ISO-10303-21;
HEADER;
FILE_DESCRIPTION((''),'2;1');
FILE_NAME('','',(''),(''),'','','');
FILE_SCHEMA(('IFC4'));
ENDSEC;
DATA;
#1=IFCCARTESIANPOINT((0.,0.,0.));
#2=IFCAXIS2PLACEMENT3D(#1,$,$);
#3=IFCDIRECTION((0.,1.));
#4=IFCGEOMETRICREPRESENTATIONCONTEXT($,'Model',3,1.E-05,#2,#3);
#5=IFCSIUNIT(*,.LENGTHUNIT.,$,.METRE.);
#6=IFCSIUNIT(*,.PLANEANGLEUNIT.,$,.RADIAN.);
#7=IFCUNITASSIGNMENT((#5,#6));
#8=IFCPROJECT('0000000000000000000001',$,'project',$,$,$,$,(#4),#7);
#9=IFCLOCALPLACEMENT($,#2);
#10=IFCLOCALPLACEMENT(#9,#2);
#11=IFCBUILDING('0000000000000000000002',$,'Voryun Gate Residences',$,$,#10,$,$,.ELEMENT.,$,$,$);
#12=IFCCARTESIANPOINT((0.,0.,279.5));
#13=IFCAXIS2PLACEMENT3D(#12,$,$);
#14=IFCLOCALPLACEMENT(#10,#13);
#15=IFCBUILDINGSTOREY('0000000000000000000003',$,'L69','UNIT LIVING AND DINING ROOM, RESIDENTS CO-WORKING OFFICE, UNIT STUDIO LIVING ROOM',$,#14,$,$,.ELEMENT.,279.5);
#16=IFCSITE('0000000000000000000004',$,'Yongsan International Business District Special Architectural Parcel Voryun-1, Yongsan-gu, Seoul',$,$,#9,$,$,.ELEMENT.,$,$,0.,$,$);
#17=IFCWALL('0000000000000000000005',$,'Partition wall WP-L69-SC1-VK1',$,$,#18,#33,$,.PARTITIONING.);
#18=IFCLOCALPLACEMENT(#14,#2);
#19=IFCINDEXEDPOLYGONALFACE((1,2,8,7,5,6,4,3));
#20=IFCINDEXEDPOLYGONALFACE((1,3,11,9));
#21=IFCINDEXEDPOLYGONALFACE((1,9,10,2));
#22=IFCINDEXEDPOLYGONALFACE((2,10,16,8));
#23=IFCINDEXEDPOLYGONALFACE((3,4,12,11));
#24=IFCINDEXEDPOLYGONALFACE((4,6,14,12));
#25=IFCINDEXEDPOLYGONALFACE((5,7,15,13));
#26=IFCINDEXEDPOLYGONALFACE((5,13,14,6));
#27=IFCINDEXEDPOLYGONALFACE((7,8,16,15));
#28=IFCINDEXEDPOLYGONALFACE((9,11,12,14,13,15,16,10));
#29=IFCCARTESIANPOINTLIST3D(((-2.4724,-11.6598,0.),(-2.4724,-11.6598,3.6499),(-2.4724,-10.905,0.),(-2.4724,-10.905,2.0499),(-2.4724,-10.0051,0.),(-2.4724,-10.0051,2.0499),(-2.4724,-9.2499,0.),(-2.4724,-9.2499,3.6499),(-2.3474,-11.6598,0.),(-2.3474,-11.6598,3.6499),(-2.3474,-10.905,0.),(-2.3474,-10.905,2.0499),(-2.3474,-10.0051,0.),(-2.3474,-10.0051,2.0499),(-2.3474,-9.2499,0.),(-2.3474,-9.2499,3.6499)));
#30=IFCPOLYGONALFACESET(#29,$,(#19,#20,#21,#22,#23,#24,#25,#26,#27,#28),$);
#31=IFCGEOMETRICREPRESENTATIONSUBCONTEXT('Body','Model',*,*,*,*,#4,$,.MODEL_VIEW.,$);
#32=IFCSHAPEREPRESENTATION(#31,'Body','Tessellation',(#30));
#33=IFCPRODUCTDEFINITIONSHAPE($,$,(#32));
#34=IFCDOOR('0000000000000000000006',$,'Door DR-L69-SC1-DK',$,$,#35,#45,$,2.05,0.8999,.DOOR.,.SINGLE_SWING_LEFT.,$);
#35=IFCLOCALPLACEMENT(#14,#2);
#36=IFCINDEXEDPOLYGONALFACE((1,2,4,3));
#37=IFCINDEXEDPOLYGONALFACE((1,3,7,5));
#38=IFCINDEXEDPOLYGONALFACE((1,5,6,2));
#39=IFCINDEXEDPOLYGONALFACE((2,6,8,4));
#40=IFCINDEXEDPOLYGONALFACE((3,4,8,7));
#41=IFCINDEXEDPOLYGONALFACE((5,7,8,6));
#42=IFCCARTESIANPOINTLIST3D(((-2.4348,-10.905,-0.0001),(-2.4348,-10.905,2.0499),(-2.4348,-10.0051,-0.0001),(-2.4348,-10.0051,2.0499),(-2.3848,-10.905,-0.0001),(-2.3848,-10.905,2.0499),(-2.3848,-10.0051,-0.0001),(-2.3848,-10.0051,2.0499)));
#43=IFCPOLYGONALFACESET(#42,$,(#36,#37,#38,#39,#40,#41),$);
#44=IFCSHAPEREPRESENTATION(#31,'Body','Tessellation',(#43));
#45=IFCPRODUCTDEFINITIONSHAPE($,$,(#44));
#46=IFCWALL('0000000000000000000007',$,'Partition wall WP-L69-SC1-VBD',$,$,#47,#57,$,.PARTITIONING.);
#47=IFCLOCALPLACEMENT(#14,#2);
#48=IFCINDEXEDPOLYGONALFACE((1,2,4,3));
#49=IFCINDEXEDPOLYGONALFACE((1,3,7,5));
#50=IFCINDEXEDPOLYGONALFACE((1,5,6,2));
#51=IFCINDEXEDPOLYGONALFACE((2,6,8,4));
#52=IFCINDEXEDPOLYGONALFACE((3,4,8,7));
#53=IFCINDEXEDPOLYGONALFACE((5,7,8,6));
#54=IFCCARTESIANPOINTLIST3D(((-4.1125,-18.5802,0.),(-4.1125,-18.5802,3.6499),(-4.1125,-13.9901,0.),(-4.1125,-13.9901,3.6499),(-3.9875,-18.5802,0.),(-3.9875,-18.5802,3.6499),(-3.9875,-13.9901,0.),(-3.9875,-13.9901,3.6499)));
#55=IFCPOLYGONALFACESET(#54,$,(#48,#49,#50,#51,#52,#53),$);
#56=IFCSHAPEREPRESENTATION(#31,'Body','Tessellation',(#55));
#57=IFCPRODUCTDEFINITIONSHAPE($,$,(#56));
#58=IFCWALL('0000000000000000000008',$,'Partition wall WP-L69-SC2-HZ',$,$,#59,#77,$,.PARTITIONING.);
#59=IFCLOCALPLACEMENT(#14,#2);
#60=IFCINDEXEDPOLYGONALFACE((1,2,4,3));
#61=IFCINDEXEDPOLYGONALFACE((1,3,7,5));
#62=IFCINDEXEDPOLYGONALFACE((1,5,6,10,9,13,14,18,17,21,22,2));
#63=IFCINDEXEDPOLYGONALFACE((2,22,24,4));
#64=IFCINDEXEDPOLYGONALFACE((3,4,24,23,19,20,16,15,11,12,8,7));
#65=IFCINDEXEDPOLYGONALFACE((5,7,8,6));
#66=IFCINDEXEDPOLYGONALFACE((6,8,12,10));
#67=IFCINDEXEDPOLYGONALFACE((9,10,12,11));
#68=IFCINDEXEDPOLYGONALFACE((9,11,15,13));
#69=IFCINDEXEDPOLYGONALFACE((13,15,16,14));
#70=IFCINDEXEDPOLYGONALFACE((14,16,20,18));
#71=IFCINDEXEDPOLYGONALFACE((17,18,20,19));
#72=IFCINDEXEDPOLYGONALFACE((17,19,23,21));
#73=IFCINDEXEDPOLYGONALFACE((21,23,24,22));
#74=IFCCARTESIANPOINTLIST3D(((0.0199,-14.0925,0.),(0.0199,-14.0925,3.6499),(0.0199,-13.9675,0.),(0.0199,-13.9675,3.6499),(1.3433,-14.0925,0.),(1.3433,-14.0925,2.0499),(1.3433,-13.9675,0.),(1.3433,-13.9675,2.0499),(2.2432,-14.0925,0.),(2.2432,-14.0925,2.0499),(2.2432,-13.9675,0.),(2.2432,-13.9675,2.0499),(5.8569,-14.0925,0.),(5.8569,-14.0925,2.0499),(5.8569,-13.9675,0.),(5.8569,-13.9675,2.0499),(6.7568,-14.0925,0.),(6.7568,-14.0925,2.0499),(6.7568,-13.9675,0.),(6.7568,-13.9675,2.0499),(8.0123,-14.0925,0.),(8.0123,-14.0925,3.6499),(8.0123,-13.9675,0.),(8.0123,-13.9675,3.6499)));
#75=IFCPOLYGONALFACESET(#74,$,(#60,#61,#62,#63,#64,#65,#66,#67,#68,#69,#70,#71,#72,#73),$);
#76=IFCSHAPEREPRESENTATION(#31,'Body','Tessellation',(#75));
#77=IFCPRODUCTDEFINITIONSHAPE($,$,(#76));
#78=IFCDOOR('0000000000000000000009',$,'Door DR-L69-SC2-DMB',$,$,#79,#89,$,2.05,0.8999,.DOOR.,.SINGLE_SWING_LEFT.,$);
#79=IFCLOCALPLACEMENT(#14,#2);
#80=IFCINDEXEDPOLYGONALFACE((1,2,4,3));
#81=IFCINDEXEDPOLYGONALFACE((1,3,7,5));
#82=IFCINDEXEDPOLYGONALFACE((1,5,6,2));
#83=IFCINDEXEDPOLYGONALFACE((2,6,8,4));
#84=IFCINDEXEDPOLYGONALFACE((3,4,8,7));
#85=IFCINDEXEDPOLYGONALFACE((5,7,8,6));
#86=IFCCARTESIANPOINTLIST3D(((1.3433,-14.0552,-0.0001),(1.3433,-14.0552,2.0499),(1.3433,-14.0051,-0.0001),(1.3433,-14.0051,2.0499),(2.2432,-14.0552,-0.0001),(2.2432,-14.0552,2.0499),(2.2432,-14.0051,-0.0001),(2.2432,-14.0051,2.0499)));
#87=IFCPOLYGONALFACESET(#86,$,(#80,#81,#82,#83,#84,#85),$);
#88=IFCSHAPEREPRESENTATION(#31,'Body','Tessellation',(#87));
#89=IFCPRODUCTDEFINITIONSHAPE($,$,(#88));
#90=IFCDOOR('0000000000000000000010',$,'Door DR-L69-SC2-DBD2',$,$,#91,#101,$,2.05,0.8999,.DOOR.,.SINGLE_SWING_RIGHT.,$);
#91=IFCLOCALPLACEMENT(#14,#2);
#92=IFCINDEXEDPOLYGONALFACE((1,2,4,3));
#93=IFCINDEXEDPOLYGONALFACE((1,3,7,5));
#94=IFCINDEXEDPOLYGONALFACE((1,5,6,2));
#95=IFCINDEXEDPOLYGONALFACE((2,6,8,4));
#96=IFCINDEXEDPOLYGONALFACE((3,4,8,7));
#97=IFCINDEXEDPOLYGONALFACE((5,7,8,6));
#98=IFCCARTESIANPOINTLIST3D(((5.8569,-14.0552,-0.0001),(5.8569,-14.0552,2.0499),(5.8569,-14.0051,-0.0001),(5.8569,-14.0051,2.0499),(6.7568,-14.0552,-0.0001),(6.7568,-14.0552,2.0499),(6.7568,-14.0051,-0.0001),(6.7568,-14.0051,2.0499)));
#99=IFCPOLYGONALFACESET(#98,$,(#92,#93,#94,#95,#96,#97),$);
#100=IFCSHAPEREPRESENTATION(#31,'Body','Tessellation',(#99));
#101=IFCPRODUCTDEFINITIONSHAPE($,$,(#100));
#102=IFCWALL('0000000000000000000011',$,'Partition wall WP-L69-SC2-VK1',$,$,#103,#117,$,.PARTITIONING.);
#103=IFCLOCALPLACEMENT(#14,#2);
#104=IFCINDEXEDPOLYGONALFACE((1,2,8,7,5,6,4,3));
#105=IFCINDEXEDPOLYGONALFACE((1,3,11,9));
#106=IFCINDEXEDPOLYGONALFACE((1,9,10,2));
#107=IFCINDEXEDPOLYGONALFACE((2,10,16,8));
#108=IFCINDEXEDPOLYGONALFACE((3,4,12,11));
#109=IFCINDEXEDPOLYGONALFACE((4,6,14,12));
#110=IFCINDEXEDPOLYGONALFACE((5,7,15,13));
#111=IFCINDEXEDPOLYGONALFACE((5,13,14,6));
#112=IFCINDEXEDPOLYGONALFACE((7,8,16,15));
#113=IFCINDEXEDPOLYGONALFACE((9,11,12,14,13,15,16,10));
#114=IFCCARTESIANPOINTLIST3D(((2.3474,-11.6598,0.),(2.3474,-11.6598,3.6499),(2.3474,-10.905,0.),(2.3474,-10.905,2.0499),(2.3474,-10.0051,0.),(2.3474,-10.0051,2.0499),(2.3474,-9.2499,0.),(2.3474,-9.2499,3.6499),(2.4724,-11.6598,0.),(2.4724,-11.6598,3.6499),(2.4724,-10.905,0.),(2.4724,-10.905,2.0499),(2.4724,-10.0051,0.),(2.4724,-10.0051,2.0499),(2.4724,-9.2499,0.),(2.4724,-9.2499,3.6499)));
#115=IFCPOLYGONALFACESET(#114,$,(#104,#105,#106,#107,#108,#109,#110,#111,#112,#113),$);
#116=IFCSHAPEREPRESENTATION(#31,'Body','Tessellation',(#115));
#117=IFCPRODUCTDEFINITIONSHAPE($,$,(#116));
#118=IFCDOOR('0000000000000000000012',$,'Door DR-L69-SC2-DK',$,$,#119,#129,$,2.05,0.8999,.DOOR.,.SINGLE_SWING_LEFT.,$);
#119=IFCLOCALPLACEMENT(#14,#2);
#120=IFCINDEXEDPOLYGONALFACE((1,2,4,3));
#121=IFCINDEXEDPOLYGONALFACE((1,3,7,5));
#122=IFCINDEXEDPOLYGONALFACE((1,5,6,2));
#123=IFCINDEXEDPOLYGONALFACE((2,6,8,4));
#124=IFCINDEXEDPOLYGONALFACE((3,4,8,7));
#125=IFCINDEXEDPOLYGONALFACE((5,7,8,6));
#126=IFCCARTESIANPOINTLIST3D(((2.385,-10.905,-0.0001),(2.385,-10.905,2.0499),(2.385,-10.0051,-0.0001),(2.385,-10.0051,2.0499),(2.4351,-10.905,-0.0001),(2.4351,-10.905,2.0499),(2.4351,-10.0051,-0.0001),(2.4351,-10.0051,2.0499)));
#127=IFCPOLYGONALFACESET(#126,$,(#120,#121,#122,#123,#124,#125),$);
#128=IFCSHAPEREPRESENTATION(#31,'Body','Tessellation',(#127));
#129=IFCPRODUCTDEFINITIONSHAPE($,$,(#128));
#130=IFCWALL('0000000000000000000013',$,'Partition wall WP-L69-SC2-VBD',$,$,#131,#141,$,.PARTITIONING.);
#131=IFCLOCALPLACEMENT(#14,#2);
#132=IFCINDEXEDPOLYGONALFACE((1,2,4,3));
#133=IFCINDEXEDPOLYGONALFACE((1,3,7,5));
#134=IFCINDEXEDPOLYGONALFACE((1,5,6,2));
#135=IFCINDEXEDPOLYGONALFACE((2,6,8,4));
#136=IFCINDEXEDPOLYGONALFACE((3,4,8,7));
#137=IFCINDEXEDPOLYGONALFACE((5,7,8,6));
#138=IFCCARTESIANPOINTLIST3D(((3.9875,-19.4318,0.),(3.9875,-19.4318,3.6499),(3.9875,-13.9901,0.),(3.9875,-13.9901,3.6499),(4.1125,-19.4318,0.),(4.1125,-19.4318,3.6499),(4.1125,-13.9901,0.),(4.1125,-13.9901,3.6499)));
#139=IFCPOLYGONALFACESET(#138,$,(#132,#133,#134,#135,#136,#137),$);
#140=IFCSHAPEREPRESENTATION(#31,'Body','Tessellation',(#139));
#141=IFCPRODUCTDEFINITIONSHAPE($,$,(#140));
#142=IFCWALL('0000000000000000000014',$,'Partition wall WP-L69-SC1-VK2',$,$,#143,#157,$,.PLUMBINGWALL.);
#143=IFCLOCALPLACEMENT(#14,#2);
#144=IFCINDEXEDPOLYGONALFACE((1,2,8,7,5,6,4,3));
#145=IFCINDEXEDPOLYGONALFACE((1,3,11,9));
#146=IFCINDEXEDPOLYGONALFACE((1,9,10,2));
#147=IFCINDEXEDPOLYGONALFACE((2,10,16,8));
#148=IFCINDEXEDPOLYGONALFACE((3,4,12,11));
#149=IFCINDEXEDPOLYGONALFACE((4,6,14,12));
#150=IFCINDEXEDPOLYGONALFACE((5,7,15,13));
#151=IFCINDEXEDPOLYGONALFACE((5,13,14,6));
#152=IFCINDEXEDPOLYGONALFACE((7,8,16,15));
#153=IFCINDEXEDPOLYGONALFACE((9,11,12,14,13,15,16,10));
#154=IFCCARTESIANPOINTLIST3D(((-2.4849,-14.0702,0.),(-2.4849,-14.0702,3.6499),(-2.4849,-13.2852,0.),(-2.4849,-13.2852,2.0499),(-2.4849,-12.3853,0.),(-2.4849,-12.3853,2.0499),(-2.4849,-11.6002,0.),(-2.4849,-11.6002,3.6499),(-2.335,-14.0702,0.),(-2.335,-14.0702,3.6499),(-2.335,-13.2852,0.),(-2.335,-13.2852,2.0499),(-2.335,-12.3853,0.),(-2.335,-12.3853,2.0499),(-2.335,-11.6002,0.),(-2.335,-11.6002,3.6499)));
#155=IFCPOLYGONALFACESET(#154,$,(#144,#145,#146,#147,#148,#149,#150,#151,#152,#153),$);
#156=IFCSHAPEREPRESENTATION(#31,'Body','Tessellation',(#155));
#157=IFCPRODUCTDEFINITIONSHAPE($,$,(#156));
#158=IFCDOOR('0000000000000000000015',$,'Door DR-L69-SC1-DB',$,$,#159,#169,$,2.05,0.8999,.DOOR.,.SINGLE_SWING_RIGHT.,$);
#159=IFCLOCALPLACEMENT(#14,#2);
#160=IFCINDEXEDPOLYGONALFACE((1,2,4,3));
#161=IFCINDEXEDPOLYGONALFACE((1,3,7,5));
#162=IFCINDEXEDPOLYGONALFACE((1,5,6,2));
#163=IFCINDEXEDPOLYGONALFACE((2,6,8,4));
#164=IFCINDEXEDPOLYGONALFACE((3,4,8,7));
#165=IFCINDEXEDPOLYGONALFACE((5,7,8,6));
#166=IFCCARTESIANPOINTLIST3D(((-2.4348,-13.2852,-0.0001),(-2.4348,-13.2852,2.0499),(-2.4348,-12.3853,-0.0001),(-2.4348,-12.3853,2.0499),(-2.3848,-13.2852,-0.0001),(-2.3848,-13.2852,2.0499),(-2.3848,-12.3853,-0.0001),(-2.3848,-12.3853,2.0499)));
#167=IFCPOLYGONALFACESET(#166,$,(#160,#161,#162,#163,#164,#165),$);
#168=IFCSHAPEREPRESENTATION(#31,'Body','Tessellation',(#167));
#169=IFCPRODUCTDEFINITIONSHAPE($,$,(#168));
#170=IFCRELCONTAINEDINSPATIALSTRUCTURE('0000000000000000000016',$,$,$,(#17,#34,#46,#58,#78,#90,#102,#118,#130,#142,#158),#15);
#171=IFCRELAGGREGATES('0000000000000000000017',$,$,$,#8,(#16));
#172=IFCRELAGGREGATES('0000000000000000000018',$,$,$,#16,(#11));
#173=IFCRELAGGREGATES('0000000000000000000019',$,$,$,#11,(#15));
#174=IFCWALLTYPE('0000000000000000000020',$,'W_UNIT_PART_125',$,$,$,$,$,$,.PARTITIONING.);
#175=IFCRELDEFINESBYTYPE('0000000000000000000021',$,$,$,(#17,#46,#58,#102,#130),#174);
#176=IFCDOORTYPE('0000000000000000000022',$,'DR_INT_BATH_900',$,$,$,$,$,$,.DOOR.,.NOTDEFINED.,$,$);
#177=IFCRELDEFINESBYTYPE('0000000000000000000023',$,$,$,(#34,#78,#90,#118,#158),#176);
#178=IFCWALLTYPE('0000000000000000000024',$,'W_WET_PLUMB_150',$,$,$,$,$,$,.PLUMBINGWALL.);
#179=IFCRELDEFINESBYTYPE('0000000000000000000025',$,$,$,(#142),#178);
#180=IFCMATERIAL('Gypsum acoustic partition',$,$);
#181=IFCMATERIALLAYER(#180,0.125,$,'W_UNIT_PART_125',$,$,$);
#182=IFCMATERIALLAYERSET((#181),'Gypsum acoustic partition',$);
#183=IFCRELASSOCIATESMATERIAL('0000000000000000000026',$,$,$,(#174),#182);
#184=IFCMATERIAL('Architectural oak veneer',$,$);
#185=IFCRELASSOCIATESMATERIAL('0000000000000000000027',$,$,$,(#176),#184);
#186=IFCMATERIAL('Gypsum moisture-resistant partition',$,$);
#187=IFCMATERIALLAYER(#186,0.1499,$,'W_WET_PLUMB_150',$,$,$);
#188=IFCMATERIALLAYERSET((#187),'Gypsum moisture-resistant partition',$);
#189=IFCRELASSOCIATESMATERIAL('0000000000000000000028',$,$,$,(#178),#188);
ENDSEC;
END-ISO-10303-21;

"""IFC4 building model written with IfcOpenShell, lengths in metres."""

from ifc_helpers import new_model, si_unit, direction, frame, frame_2d, origin, place, context, subcontext, project, spatial, rectangle, extrude, material, layer, layer_set, type_object, element, fill, save


model = new_model("IFC4")

# Units and contexts
model_context = context("Model", 3, precision=1e-05, world=origin(), true_north=direction((0.0, 1.0)))
body_context = subcontext(model_context, "Body", "Model", "MODEL_VIEW")
ifc_project = project(units=[si_unit("LENGTHUNIT", "METRE"), si_unit("PLANEANGLEUNIT", "RADIAN")], contexts=[model_context])

# Site, building, storey
site_placement = place(None, origin())
site = spatial("IfcSite", under=ifc_project, at=site_placement, Name="Yongsan International Business District Special Architectural Parcel Voryun-1, Yongsan-gu, Seoul", CompositionType="ELEMENT", RefElevation=0.0)
building_placement = place(site_placement, origin())
building = spatial("IfcBuilding", under=site, at=building_placement, Name="Voryun Gate Residences", CompositionType="ELEMENT")
storey_placement = place(building_placement, frame((0.0, 0.0, 279.5)))
storey = spatial("IfcBuildingStorey", under=building, at=storey_placement, Name="L69", Description="UNIT LIVING AND DINING ROOM, RESIDENTS CO-WORKING OFFICE, UNIT STUDIO LIVING ROOM", CompositionType="ELEMENT", Elevation=279.5)

# Shared definitions
ifc_material_1 = material(Name="Gypsum acoustic partition")
ifc_layer_1 = layer(ifc_material_1, 0.125, Name="W_UNIT_PART_125")
ifc_layer_set_1 = layer_set([ifc_layer_1], Name="Gypsum acoustic partition")
wall_type_1 = type_object("IfcWallType", Name="W_UNIT_PART_125", PredefinedType="PARTITIONING", material=ifc_layer_set_1)

# Wall, opening, door
wall_1_placement = place(storey_placement, frame((-2.4099, -11.6599, 0.0), z_axis=(0.0, 0.0, 1.0), x_axis=(0.0, 1.0, 0.0)))
wall_1 = element("IfcWall", 1, at=wall_1_placement, inside=storey, type_object=wall_type_1, Name="Partition wall WP-L69-SC1-VK1", PredefinedType="PARTITIONING", context=body_context, shape_type="SweptSolid", body=[
    extrude(rectangle(XDim=2.4099, YDim=0.125, at=frame_2d((1.2051, 0.0))), origin(), (0.0, 0.0, 1.0), 3.6499),
])
opening_1_placement = place(wall_1_placement, frame((0.7549, 0.0, 0.0)))
opening_1 = element("IfcOpeningElement", 2, at=opening_1_placement, cuts=wall_1, PredefinedType="OPENING", context=body_context, shape_type="SweptSolid", body=[
    extrude(rectangle(XDim=0.8999, YDim=2.05, at=frame_2d((0.45, 1.0249))), frame((0.0, 0.0725, 0.0), z_axis=(0.0, -1.0, 0.0), x_axis=(1.0, 0.0, 0.0)), (0.0, 0.0, 1.0), 0.145),
])
ifc_material_2 = material(Name="Architectural oak veneer")
door_type_1 = type_object("IfcDoorType", Name="DR_INT_BATH_900", OperationType="NOTDEFINED", PredefinedType="DOOR", material=ifc_material_2)
door_1_placement = place(opening_1_placement, origin())
door_1 = element("IfcDoor", 3, at=door_1_placement, inside=storey, type_object=door_type_1, Name="Door DR-L69-SC1-DK", OperationType="SINGLE_SWING_LEFT", OverallHeight=2.05, OverallWidth=0.8999, PredefinedType="DOOR", context=body_context, shape_type="SweptSolid", body=[
    extrude(rectangle(XDim=0.8999, YDim=2.05, at=frame_2d((0.45, 1.0249))), frame((0.0, 0.0249, 0.0), z_axis=(0.0, -1.0, 0.0), x_axis=(1.0, 0.0, 0.0)), (0.0, 0.0, 1.0), 0.05),
])
fill(opening_1, door_1)

# Wall
wall_2_placement = place(storey_placement, frame((-4.05, -18.5801, 0.0), z_axis=(0.0, 0.0, 1.0), x_axis=(0.0, 1.0, 0.0)))
element("IfcWall", 4, at=wall_2_placement, inside=storey, type_object=wall_type_1, Name="Partition wall WP-L69-SC1-VBD", PredefinedType="PARTITIONING", context=body_context, shape_type="SweptSolid", body=[
    extrude(rectangle(XDim=4.5901, YDim=0.125, at=frame_2d((2.2949, 0.0))), origin(), (0.0, 0.0, 1.0), 3.6499),
])

# Wall, openings, doors
wall_3_placement = place(storey_placement, frame((0.02, -14.03, 0.0), z_axis=(0.0, 0.0, 1.0), x_axis=(1.0, 0.0, 0.0)))
wall_3 = element("IfcWall", 5, at=wall_3_placement, inside=storey, type_object=wall_type_1, Name="Partition wall WP-L69-SC2-HZ", PredefinedType="PARTITIONING", context=body_context, shape_type="SweptSolid", body=[
    extrude(rectangle(XDim=7.9924, YDim=0.125, at=frame_2d((3.9961, 0.0))), origin(), (0.0, 0.0, 1.0), 3.6499),
])
opening_2_placement = place(wall_3_placement, frame((1.3232, 0.0, 0.0)))
opening_2 = element("IfcOpeningElement", 6, at=opening_2_placement, cuts=wall_3, PredefinedType="OPENING", context=body_context, shape_type="SweptSolid", body=[
    extrude(rectangle(XDim=0.8999, YDim=2.05, at=frame_2d((0.45, 1.0249))), frame((0.0, 0.0725, 0.0), z_axis=(0.0, -1.0, 0.0), x_axis=(1.0, 0.0, 0.0)), (0.0, 0.0, 1.0), 0.145),
])
opening_3_placement = place(wall_3_placement, frame((5.8369, 0.0, 0.0)))
opening_3 = element("IfcOpeningElement", 7, at=opening_3_placement, cuts=wall_3, PredefinedType="OPENING", context=body_context, shape_type="SweptSolid", body=[
    extrude(rectangle(XDim=0.8999, YDim=2.05, at=frame_2d((0.45, 1.0249))), frame((0.0, 0.0725, 0.0), z_axis=(0.0, -1.0, 0.0), x_axis=(1.0, 0.0, 0.0)), (0.0, 0.0, 1.0), 0.145),
])
door_2_placement = place(opening_2_placement, origin())
door_2 = element("IfcDoor", 8, at=door_2_placement, inside=storey, type_object=door_type_1, Name="Door DR-L69-SC2-DMB", OperationType="SINGLE_SWING_LEFT", OverallHeight=2.05, OverallWidth=0.8999, PredefinedType="DOOR", context=body_context, shape_type="SweptSolid", body=[
    extrude(rectangle(XDim=0.8999, YDim=2.05, at=frame_2d((0.45, 1.0249))), frame((0.0, 0.0249, 0.0), z_axis=(0.0, -1.0, 0.0), x_axis=(1.0, 0.0, 0.0)), (0.0, 0.0, 1.0), 0.05),
])
fill(opening_2, door_2)
door_3_placement = place(opening_3_placement, origin())
door_3 = element("IfcDoor", 9, at=door_3_placement, inside=storey, type_object=door_type_1, Name="Door DR-L69-SC2-DBD2", OperationType="SINGLE_SWING_RIGHT", OverallHeight=2.05, OverallWidth=0.8999, PredefinedType="DOOR", context=body_context, shape_type="SweptSolid", body=[
    extrude(rectangle(XDim=0.8999, YDim=2.05, at=frame_2d((0.45, 1.0249))), frame((0.0, 0.0249, 0.0), z_axis=(0.0, -1.0, 0.0), x_axis=(1.0, 0.0, 0.0)), (0.0, 0.0, 1.0), 0.05),
])
fill(opening_3, door_3)

# Wall, opening, door
wall_4_placement = place(storey_placement, frame((2.4099, -11.6599, 0.0), z_axis=(0.0, 0.0, 1.0), x_axis=(0.0, 1.0, 0.0)))
wall_4 = element("IfcWall", 10, at=wall_4_placement, inside=storey, type_object=wall_type_1, Name="Partition wall WP-L69-SC2-VK1", PredefinedType="PARTITIONING", context=body_context, shape_type="SweptSolid", body=[
    extrude(rectangle(XDim=2.4099, YDim=0.125, at=frame_2d((1.2051, 0.0))), origin(), (0.0, 0.0, 1.0), 3.6499),
])
opening_4_placement = place(wall_4_placement, frame((0.7549, 0.0, 0.0)))
opening_4 = element("IfcOpeningElement", 11, at=opening_4_placement, cuts=wall_4, PredefinedType="OPENING", context=body_context, shape_type="SweptSolid", body=[
    extrude(rectangle(XDim=0.8999, YDim=2.05, at=frame_2d((0.45, 1.0249))), frame((0.0, 0.0725, 0.0), z_axis=(0.0, -1.0, 0.0), x_axis=(1.0, 0.0, 0.0)), (0.0, 0.0, 1.0), 0.145),
])
door_4_placement = place(opening_4_placement, origin())
door_4 = element("IfcDoor", 12, at=door_4_placement, inside=storey, type_object=door_type_1, Name="Door DR-L69-SC2-DK", OperationType="SINGLE_SWING_LEFT", OverallHeight=2.05, OverallWidth=0.8999, PredefinedType="DOOR", context=body_context, shape_type="SweptSolid", body=[
    extrude(rectangle(XDim=0.8999, YDim=2.05, at=frame_2d((0.45, 1.0249))), frame((0.0, 0.0249, 0.0), z_axis=(0.0, -1.0, 0.0), x_axis=(1.0, 0.0, 0.0)), (0.0, 0.0, 1.0), 0.05),
])
fill(opening_4, door_4)

# Wall
wall_5_placement = place(storey_placement, frame((4.05, -19.4316, 0.0), z_axis=(0.0, 0.0, 1.0), x_axis=(0.0, 1.0, 0.0)))
element("IfcWall", 13, at=wall_5_placement, inside=storey, type_object=wall_type_1, Name="Partition wall WP-L69-SC2-VBD", PredefinedType="PARTITIONING", context=body_context, shape_type="SweptSolid", body=[
    extrude(rectangle(XDim=5.4417, YDim=0.125, at=frame_2d((2.7207, 0.0))), origin(), (0.0, 0.0, 1.0), 3.6499),
])

# Wall, opening, door
ifc_material_3 = material(Name="Gypsum moisture-resistant partition")
ifc_layer_2 = layer(ifc_material_3, 0.1499, Name="W_WET_PLUMB_150")
ifc_layer_set_2 = layer_set([ifc_layer_2], Name="Gypsum moisture-resistant partition")
wall_type_2 = type_object("IfcWallType", Name="W_WET_PLUMB_150", PredefinedType="PLUMBINGWALL", material=ifc_layer_set_2)
wall_6_placement = place(storey_placement, frame((-2.4099, -14.0701, 0.0), z_axis=(0.0, 0.0, 1.0), x_axis=(0.0, 1.0, 0.0)))
wall_6 = element("IfcWall", 14, at=wall_6_placement, inside=storey, type_object=wall_type_2, Name="Partition wall WP-L69-SC1-VK2", PredefinedType="PLUMBINGWALL", context=body_context, shape_type="SweptSolid", body=[
    extrude(rectangle(XDim=2.47, YDim=0.1499, at=frame_2d((1.2349, 0.0))), origin(), (0.0, 0.0, 1.0), 3.6499),
])
opening_5_placement = place(wall_6_placement, frame((0.7849, 0.0, 0.0)))
opening_5 = element("IfcOpeningElement", 15, at=opening_5_placement, cuts=wall_6, PredefinedType="OPENING", context=body_context, shape_type="SweptSolid", body=[
    extrude(rectangle(XDim=0.8999, YDim=2.05, at=frame_2d((0.45, 1.0249))), frame((0.0, 0.085, 0.0), z_axis=(0.0, -1.0, 0.0), x_axis=(1.0, 0.0, 0.0)), (0.0, 0.0, 1.0), 0.1699),
])
door_5_placement = place(opening_5_placement, origin())
door_5 = element("IfcDoor", 16, at=door_5_placement, inside=storey, type_object=door_type_1, Name="Door DR-L69-SC1-DB", OperationType="SINGLE_SWING_RIGHT", OverallHeight=2.05, OverallWidth=0.8999, PredefinedType="DOOR", context=body_context, shape_type="SweptSolid", body=[
    extrude(rectangle(XDim=0.8999, YDim=2.05, at=frame_2d((0.45, 1.0249))), frame((0.0, 0.0249, 0.0), z_axis=(0.0, -1.0, 0.0), x_axis=(1.0, 0.0, 0.0)), (0.0, 0.0, 1.0), 0.05),
])
fill(opening_5, door_5)

save(model, "model.ifc")
